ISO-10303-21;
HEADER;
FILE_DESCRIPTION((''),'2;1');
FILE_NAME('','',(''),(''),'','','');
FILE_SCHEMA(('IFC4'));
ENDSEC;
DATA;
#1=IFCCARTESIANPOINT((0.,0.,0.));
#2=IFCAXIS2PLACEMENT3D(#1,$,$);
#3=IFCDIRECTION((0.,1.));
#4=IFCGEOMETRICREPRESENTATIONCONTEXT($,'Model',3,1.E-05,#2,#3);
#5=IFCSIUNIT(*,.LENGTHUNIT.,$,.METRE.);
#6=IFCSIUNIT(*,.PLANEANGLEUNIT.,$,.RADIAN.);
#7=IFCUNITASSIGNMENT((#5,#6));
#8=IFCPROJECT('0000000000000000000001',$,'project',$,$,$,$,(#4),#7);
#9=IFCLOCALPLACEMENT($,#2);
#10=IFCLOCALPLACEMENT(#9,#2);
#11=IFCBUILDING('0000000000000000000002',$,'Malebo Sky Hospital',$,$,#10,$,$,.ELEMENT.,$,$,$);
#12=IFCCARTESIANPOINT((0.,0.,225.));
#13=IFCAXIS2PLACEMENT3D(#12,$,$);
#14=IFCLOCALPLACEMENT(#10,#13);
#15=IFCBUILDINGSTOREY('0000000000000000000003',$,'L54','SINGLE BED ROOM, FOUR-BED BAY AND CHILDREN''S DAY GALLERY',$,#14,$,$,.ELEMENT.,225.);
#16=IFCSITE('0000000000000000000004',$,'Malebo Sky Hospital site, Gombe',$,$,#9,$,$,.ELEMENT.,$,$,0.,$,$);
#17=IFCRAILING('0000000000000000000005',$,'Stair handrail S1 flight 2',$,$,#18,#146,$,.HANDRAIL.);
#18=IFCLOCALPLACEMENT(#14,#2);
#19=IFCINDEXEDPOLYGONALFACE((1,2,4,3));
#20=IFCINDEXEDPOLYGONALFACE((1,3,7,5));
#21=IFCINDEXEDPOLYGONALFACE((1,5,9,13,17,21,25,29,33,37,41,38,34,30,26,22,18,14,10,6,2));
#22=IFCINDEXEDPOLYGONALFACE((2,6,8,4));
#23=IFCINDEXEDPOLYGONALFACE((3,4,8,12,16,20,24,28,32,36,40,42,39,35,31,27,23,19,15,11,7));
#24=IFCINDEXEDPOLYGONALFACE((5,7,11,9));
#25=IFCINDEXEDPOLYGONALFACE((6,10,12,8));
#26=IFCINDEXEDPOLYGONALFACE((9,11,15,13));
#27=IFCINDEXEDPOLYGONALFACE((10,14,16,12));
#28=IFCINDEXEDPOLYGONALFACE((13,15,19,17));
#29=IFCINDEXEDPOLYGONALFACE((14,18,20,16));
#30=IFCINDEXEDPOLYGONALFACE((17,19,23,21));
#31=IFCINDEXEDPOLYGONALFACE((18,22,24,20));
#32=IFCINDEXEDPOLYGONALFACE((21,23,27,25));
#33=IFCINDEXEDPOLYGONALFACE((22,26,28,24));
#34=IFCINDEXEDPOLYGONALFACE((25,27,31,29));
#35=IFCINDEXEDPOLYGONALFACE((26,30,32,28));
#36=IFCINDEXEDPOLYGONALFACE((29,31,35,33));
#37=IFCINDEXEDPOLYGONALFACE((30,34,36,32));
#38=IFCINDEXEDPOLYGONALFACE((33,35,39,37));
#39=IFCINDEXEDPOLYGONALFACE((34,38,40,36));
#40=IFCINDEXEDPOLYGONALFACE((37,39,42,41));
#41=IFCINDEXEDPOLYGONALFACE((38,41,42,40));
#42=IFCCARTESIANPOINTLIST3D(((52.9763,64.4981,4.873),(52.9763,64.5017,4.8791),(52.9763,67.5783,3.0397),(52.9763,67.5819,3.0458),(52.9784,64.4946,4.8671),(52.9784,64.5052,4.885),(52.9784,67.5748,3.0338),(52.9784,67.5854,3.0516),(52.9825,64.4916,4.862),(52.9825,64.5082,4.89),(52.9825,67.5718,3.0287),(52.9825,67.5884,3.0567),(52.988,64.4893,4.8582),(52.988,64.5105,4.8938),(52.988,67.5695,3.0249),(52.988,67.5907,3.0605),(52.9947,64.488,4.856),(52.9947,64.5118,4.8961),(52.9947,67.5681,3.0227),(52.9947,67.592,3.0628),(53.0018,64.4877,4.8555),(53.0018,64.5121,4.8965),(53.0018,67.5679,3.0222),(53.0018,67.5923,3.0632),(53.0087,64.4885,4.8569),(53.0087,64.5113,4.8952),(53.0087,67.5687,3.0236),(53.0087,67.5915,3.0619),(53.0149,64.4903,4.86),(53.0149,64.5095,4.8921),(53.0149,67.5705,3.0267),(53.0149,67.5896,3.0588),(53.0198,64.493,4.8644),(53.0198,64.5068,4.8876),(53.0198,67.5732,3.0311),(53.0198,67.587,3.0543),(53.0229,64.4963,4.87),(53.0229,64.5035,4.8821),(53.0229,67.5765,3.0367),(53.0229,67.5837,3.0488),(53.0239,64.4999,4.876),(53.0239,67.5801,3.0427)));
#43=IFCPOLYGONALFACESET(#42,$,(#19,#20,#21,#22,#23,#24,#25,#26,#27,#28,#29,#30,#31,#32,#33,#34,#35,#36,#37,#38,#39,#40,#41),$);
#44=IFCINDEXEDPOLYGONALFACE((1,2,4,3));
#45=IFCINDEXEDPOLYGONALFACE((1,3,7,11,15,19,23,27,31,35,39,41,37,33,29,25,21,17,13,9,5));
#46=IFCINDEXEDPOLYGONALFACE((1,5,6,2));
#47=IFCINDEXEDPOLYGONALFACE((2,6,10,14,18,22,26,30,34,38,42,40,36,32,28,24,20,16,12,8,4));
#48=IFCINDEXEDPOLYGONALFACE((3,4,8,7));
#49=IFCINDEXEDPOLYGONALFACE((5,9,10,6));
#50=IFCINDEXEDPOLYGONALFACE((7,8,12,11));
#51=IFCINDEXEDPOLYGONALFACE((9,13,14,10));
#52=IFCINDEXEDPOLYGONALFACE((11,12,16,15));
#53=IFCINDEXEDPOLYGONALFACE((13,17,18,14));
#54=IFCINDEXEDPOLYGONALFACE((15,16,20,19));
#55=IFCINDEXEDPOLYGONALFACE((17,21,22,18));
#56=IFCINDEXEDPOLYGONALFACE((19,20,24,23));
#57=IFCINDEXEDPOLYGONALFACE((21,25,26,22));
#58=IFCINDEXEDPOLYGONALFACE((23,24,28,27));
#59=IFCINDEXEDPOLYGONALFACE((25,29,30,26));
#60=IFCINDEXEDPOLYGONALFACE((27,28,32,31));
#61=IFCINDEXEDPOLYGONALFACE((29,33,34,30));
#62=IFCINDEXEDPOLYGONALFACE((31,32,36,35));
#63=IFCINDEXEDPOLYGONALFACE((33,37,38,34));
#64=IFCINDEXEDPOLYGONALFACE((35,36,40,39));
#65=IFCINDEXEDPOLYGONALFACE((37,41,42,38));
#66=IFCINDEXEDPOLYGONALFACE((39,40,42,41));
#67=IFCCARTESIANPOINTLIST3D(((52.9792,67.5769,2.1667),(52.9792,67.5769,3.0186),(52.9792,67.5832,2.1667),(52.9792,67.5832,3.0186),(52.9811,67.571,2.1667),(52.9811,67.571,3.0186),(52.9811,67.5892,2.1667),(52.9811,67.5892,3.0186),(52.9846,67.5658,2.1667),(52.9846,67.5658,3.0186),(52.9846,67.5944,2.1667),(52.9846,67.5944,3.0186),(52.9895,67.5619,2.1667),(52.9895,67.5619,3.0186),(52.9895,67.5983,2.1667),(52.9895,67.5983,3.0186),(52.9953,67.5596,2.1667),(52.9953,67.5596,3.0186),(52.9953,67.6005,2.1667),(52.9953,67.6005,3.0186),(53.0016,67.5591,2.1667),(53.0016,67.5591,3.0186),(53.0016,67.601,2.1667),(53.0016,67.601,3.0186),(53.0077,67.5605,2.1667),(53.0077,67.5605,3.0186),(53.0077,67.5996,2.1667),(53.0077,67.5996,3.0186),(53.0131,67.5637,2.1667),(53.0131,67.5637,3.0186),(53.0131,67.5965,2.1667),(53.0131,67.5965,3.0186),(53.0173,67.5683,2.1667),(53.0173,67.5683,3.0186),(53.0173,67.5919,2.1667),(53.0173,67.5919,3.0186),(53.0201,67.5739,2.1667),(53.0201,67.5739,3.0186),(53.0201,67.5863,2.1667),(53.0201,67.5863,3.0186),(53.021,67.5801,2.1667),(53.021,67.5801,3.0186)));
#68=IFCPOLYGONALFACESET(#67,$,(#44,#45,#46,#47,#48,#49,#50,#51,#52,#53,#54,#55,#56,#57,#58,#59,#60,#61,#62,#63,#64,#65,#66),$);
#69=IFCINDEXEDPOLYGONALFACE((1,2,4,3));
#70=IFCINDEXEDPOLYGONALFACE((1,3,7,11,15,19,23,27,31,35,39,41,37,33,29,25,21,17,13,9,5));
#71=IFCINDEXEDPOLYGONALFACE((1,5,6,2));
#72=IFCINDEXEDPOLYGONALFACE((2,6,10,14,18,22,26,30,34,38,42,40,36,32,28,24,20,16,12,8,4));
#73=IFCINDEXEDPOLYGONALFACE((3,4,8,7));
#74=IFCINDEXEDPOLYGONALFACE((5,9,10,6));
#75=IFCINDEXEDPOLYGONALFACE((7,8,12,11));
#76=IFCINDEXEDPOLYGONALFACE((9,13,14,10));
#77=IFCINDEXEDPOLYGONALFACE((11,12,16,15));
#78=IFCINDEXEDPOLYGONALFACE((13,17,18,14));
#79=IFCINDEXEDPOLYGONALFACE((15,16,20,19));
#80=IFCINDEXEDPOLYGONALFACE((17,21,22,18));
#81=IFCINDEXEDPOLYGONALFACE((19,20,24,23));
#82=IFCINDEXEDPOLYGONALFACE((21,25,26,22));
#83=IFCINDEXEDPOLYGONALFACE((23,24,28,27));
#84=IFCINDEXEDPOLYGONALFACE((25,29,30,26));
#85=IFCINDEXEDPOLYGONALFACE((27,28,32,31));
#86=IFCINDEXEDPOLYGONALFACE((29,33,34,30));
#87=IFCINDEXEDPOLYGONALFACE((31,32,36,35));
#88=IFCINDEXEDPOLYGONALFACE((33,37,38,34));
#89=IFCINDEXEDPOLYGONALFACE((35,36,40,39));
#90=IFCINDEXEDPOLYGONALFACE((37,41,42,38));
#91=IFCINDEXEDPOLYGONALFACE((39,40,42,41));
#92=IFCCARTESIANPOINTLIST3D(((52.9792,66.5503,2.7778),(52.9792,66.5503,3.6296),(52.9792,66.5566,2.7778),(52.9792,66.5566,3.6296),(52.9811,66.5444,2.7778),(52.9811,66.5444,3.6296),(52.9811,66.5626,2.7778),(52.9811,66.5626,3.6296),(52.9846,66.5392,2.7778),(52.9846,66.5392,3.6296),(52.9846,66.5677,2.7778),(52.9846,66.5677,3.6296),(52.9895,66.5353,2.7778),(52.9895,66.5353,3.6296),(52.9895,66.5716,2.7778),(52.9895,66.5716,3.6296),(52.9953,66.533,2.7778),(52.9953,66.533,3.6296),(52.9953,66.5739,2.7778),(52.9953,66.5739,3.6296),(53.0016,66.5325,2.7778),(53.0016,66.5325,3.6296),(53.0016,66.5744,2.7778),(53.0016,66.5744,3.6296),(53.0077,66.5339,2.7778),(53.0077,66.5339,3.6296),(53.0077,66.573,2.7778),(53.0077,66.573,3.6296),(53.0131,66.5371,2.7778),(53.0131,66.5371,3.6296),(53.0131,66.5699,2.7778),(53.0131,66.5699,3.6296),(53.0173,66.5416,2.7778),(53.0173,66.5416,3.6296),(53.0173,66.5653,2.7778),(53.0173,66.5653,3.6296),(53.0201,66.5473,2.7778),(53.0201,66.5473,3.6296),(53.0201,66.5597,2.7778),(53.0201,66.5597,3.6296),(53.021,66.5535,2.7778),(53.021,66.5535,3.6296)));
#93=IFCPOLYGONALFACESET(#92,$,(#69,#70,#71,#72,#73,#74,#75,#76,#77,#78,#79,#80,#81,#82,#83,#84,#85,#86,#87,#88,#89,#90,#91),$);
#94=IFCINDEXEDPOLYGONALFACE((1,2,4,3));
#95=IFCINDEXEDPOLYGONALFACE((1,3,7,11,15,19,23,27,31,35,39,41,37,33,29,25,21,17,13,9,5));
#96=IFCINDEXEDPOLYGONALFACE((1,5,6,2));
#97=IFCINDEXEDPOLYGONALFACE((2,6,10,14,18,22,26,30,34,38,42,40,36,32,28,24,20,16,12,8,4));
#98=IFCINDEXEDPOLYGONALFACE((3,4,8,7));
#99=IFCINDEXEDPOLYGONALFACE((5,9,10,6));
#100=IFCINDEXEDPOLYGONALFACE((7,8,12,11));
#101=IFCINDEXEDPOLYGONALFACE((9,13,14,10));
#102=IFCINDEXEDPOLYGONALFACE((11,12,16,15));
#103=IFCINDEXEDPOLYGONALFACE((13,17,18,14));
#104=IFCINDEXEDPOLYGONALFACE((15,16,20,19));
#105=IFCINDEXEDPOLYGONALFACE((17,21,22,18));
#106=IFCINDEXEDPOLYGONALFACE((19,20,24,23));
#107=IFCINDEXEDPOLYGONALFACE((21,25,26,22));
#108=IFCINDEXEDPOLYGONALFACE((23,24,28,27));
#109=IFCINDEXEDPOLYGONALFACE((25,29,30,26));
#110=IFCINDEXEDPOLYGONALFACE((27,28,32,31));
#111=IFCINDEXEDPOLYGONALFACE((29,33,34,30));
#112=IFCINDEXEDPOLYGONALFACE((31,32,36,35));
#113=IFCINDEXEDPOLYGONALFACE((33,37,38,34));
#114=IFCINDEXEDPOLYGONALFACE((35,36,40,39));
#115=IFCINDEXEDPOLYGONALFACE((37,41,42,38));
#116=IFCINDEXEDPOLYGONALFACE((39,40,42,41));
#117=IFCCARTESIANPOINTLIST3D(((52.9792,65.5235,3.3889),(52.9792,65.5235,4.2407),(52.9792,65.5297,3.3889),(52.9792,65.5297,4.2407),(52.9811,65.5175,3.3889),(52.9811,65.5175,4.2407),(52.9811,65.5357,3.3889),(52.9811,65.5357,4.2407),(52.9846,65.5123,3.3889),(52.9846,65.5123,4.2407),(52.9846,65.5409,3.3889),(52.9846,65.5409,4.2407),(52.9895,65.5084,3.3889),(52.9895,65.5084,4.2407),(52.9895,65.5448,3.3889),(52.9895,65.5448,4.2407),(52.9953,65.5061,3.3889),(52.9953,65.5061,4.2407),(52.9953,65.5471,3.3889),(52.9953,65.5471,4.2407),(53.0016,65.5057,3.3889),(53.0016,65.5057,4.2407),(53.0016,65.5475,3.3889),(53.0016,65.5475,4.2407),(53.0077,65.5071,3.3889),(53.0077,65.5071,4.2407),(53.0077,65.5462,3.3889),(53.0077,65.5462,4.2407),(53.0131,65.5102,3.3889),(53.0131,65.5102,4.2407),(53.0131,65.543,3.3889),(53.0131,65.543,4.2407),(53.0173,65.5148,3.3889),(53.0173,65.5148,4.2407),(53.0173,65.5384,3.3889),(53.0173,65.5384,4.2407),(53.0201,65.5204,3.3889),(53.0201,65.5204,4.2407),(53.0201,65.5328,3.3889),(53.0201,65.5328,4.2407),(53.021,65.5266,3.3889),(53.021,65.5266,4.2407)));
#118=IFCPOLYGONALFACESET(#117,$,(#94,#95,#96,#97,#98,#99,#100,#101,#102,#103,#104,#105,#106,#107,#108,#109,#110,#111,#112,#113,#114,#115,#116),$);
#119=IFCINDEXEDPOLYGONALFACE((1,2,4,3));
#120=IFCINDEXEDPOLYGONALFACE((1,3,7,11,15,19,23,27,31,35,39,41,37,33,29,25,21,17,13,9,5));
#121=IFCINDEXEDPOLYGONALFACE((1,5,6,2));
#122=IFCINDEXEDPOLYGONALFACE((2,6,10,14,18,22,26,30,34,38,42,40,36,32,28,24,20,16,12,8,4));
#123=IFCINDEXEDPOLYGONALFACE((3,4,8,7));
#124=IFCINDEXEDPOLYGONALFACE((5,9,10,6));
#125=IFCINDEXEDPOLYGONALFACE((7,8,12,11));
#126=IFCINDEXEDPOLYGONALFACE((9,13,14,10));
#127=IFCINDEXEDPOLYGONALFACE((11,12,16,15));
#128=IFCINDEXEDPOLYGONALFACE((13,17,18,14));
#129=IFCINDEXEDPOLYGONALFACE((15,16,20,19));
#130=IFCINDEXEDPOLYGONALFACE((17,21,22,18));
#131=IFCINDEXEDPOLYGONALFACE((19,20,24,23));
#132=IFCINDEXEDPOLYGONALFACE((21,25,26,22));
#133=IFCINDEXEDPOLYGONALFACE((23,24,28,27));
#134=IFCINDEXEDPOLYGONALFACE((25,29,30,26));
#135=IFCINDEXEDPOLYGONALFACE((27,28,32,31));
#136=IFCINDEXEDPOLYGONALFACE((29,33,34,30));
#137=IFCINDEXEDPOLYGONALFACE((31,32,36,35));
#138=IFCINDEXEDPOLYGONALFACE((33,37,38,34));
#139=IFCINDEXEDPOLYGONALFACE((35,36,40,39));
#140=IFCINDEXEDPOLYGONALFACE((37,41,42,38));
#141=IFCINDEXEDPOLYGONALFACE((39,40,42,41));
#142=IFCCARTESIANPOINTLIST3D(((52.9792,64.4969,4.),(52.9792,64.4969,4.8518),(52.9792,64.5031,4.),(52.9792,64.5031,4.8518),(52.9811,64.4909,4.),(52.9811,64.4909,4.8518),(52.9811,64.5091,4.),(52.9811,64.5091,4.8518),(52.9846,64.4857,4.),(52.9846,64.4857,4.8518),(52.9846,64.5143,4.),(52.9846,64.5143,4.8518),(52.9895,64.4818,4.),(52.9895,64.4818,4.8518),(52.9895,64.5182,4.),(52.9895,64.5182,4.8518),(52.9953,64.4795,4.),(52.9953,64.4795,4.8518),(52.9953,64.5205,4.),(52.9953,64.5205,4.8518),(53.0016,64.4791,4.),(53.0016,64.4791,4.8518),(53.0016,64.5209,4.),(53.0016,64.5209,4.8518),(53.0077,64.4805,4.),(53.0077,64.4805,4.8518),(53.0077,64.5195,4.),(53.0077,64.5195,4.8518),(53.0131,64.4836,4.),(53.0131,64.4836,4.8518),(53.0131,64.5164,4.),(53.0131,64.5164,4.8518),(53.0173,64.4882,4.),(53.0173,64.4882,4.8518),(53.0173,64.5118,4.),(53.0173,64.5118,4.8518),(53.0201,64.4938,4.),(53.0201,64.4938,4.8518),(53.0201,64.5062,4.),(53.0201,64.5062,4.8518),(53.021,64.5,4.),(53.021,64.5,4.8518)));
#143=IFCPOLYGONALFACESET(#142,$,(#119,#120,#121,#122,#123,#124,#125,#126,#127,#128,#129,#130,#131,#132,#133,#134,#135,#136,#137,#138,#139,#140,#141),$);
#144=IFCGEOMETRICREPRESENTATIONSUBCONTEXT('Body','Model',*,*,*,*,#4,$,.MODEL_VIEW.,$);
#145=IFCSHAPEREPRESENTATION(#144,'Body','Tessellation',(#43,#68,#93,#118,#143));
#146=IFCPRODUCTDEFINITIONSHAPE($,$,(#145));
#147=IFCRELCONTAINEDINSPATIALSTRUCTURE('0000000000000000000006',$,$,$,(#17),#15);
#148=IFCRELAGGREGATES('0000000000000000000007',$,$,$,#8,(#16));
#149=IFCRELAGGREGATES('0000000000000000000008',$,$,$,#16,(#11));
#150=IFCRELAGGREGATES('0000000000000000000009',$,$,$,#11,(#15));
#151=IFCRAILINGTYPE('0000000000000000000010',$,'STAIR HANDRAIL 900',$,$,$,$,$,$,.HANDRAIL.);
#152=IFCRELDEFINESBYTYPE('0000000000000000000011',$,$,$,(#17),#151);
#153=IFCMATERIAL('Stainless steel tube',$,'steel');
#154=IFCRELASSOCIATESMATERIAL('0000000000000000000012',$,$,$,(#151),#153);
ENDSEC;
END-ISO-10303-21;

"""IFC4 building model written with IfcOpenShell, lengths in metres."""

from ifc_helpers import new_model, si_unit, direction, frame, origin, origin_2d, place, context, subcontext, project, spatial, circle, extrude, material, type_object, element, save


model = new_model("IFC4")

# Units and contexts
model_context = context("Model", 3, precision=1e-05, world=origin(), true_north=direction((0.0, 1.0)))
body_context = subcontext(model_context, "Body", "Model", "MODEL_VIEW")
ifc_project = project(units=[si_unit("LENGTHUNIT", "METRE"), si_unit("PLANEANGLEUNIT", "RADIAN")], contexts=[model_context])

# Site, building, storey
site_placement = place(None, origin())
site = spatial("IfcSite", under=ifc_project, at=site_placement, Name="Malebo Sky Hospital site, Gombe", CompositionType="ELEMENT", RefElevation=0.0)
building_placement = place(site_placement, origin())
building = spatial("IfcBuilding", under=site, at=building_placement, Name="Malebo Sky Hospital", CompositionType="ELEMENT")
storey_placement = place(building_placement, frame((0.0, 0.0, 225.0)))
storey = spatial("IfcBuildingStorey", under=building, at=storey_placement, Name="L54", Description="SINGLE BED ROOM, FOUR-BED BAY AND CHILDREN'S DAY GALLERY", CompositionType="ELEMENT", Elevation=225.0)

# Railing
ifc_material_1 = material(Name="Stainless steel tube", Category="steel")
railing_type = type_object("IfcRailingType", Name="STAIR HANDRAIL 900", PredefinedType="HANDRAIL", material=ifc_material_1)
railing_1_placement = place(storey_placement, frame((53.0, 67.5801, 2.1667)))
element("IfcRailing", 1, at=railing_1_placement, inside=storey, type_object=railing_type, Name="Stair handrail S1 flight 2", PredefinedType="HANDRAIL", context=body_context, shape_type="SweptSolid", body=[
    extrude(circle(Radius=0.0239, at=origin_2d()), frame((0.0, 0.0, 0.876), z_axis=(0.0, -0.859309, 0.511458), x_axis=(1.0, 0.0, 0.0)), (0.0, 0.0, 1.0), 3.5845),
    extrude(circle(Radius=0.021, at=origin_2d()), origin(), (0.0, 0.0, 1.0), 0.8518),
    extrude(circle(Radius=0.021, at=origin_2d()), frame((0.0, -1.0266, 0.6111)), (0.0, 0.0, 1.0), 0.8518),
    extrude(circle(Radius=0.021, at=origin_2d()), frame((0.0, -2.0535, 1.2222)), (0.0, 0.0, 1.0), 0.8518),
    extrude(circle(Radius=0.021, at=origin_2d()), frame((0.0, -3.0801, 1.8333)), (0.0, 0.0, 1.0), 0.8518),
])

save(model, "model.ifc")
